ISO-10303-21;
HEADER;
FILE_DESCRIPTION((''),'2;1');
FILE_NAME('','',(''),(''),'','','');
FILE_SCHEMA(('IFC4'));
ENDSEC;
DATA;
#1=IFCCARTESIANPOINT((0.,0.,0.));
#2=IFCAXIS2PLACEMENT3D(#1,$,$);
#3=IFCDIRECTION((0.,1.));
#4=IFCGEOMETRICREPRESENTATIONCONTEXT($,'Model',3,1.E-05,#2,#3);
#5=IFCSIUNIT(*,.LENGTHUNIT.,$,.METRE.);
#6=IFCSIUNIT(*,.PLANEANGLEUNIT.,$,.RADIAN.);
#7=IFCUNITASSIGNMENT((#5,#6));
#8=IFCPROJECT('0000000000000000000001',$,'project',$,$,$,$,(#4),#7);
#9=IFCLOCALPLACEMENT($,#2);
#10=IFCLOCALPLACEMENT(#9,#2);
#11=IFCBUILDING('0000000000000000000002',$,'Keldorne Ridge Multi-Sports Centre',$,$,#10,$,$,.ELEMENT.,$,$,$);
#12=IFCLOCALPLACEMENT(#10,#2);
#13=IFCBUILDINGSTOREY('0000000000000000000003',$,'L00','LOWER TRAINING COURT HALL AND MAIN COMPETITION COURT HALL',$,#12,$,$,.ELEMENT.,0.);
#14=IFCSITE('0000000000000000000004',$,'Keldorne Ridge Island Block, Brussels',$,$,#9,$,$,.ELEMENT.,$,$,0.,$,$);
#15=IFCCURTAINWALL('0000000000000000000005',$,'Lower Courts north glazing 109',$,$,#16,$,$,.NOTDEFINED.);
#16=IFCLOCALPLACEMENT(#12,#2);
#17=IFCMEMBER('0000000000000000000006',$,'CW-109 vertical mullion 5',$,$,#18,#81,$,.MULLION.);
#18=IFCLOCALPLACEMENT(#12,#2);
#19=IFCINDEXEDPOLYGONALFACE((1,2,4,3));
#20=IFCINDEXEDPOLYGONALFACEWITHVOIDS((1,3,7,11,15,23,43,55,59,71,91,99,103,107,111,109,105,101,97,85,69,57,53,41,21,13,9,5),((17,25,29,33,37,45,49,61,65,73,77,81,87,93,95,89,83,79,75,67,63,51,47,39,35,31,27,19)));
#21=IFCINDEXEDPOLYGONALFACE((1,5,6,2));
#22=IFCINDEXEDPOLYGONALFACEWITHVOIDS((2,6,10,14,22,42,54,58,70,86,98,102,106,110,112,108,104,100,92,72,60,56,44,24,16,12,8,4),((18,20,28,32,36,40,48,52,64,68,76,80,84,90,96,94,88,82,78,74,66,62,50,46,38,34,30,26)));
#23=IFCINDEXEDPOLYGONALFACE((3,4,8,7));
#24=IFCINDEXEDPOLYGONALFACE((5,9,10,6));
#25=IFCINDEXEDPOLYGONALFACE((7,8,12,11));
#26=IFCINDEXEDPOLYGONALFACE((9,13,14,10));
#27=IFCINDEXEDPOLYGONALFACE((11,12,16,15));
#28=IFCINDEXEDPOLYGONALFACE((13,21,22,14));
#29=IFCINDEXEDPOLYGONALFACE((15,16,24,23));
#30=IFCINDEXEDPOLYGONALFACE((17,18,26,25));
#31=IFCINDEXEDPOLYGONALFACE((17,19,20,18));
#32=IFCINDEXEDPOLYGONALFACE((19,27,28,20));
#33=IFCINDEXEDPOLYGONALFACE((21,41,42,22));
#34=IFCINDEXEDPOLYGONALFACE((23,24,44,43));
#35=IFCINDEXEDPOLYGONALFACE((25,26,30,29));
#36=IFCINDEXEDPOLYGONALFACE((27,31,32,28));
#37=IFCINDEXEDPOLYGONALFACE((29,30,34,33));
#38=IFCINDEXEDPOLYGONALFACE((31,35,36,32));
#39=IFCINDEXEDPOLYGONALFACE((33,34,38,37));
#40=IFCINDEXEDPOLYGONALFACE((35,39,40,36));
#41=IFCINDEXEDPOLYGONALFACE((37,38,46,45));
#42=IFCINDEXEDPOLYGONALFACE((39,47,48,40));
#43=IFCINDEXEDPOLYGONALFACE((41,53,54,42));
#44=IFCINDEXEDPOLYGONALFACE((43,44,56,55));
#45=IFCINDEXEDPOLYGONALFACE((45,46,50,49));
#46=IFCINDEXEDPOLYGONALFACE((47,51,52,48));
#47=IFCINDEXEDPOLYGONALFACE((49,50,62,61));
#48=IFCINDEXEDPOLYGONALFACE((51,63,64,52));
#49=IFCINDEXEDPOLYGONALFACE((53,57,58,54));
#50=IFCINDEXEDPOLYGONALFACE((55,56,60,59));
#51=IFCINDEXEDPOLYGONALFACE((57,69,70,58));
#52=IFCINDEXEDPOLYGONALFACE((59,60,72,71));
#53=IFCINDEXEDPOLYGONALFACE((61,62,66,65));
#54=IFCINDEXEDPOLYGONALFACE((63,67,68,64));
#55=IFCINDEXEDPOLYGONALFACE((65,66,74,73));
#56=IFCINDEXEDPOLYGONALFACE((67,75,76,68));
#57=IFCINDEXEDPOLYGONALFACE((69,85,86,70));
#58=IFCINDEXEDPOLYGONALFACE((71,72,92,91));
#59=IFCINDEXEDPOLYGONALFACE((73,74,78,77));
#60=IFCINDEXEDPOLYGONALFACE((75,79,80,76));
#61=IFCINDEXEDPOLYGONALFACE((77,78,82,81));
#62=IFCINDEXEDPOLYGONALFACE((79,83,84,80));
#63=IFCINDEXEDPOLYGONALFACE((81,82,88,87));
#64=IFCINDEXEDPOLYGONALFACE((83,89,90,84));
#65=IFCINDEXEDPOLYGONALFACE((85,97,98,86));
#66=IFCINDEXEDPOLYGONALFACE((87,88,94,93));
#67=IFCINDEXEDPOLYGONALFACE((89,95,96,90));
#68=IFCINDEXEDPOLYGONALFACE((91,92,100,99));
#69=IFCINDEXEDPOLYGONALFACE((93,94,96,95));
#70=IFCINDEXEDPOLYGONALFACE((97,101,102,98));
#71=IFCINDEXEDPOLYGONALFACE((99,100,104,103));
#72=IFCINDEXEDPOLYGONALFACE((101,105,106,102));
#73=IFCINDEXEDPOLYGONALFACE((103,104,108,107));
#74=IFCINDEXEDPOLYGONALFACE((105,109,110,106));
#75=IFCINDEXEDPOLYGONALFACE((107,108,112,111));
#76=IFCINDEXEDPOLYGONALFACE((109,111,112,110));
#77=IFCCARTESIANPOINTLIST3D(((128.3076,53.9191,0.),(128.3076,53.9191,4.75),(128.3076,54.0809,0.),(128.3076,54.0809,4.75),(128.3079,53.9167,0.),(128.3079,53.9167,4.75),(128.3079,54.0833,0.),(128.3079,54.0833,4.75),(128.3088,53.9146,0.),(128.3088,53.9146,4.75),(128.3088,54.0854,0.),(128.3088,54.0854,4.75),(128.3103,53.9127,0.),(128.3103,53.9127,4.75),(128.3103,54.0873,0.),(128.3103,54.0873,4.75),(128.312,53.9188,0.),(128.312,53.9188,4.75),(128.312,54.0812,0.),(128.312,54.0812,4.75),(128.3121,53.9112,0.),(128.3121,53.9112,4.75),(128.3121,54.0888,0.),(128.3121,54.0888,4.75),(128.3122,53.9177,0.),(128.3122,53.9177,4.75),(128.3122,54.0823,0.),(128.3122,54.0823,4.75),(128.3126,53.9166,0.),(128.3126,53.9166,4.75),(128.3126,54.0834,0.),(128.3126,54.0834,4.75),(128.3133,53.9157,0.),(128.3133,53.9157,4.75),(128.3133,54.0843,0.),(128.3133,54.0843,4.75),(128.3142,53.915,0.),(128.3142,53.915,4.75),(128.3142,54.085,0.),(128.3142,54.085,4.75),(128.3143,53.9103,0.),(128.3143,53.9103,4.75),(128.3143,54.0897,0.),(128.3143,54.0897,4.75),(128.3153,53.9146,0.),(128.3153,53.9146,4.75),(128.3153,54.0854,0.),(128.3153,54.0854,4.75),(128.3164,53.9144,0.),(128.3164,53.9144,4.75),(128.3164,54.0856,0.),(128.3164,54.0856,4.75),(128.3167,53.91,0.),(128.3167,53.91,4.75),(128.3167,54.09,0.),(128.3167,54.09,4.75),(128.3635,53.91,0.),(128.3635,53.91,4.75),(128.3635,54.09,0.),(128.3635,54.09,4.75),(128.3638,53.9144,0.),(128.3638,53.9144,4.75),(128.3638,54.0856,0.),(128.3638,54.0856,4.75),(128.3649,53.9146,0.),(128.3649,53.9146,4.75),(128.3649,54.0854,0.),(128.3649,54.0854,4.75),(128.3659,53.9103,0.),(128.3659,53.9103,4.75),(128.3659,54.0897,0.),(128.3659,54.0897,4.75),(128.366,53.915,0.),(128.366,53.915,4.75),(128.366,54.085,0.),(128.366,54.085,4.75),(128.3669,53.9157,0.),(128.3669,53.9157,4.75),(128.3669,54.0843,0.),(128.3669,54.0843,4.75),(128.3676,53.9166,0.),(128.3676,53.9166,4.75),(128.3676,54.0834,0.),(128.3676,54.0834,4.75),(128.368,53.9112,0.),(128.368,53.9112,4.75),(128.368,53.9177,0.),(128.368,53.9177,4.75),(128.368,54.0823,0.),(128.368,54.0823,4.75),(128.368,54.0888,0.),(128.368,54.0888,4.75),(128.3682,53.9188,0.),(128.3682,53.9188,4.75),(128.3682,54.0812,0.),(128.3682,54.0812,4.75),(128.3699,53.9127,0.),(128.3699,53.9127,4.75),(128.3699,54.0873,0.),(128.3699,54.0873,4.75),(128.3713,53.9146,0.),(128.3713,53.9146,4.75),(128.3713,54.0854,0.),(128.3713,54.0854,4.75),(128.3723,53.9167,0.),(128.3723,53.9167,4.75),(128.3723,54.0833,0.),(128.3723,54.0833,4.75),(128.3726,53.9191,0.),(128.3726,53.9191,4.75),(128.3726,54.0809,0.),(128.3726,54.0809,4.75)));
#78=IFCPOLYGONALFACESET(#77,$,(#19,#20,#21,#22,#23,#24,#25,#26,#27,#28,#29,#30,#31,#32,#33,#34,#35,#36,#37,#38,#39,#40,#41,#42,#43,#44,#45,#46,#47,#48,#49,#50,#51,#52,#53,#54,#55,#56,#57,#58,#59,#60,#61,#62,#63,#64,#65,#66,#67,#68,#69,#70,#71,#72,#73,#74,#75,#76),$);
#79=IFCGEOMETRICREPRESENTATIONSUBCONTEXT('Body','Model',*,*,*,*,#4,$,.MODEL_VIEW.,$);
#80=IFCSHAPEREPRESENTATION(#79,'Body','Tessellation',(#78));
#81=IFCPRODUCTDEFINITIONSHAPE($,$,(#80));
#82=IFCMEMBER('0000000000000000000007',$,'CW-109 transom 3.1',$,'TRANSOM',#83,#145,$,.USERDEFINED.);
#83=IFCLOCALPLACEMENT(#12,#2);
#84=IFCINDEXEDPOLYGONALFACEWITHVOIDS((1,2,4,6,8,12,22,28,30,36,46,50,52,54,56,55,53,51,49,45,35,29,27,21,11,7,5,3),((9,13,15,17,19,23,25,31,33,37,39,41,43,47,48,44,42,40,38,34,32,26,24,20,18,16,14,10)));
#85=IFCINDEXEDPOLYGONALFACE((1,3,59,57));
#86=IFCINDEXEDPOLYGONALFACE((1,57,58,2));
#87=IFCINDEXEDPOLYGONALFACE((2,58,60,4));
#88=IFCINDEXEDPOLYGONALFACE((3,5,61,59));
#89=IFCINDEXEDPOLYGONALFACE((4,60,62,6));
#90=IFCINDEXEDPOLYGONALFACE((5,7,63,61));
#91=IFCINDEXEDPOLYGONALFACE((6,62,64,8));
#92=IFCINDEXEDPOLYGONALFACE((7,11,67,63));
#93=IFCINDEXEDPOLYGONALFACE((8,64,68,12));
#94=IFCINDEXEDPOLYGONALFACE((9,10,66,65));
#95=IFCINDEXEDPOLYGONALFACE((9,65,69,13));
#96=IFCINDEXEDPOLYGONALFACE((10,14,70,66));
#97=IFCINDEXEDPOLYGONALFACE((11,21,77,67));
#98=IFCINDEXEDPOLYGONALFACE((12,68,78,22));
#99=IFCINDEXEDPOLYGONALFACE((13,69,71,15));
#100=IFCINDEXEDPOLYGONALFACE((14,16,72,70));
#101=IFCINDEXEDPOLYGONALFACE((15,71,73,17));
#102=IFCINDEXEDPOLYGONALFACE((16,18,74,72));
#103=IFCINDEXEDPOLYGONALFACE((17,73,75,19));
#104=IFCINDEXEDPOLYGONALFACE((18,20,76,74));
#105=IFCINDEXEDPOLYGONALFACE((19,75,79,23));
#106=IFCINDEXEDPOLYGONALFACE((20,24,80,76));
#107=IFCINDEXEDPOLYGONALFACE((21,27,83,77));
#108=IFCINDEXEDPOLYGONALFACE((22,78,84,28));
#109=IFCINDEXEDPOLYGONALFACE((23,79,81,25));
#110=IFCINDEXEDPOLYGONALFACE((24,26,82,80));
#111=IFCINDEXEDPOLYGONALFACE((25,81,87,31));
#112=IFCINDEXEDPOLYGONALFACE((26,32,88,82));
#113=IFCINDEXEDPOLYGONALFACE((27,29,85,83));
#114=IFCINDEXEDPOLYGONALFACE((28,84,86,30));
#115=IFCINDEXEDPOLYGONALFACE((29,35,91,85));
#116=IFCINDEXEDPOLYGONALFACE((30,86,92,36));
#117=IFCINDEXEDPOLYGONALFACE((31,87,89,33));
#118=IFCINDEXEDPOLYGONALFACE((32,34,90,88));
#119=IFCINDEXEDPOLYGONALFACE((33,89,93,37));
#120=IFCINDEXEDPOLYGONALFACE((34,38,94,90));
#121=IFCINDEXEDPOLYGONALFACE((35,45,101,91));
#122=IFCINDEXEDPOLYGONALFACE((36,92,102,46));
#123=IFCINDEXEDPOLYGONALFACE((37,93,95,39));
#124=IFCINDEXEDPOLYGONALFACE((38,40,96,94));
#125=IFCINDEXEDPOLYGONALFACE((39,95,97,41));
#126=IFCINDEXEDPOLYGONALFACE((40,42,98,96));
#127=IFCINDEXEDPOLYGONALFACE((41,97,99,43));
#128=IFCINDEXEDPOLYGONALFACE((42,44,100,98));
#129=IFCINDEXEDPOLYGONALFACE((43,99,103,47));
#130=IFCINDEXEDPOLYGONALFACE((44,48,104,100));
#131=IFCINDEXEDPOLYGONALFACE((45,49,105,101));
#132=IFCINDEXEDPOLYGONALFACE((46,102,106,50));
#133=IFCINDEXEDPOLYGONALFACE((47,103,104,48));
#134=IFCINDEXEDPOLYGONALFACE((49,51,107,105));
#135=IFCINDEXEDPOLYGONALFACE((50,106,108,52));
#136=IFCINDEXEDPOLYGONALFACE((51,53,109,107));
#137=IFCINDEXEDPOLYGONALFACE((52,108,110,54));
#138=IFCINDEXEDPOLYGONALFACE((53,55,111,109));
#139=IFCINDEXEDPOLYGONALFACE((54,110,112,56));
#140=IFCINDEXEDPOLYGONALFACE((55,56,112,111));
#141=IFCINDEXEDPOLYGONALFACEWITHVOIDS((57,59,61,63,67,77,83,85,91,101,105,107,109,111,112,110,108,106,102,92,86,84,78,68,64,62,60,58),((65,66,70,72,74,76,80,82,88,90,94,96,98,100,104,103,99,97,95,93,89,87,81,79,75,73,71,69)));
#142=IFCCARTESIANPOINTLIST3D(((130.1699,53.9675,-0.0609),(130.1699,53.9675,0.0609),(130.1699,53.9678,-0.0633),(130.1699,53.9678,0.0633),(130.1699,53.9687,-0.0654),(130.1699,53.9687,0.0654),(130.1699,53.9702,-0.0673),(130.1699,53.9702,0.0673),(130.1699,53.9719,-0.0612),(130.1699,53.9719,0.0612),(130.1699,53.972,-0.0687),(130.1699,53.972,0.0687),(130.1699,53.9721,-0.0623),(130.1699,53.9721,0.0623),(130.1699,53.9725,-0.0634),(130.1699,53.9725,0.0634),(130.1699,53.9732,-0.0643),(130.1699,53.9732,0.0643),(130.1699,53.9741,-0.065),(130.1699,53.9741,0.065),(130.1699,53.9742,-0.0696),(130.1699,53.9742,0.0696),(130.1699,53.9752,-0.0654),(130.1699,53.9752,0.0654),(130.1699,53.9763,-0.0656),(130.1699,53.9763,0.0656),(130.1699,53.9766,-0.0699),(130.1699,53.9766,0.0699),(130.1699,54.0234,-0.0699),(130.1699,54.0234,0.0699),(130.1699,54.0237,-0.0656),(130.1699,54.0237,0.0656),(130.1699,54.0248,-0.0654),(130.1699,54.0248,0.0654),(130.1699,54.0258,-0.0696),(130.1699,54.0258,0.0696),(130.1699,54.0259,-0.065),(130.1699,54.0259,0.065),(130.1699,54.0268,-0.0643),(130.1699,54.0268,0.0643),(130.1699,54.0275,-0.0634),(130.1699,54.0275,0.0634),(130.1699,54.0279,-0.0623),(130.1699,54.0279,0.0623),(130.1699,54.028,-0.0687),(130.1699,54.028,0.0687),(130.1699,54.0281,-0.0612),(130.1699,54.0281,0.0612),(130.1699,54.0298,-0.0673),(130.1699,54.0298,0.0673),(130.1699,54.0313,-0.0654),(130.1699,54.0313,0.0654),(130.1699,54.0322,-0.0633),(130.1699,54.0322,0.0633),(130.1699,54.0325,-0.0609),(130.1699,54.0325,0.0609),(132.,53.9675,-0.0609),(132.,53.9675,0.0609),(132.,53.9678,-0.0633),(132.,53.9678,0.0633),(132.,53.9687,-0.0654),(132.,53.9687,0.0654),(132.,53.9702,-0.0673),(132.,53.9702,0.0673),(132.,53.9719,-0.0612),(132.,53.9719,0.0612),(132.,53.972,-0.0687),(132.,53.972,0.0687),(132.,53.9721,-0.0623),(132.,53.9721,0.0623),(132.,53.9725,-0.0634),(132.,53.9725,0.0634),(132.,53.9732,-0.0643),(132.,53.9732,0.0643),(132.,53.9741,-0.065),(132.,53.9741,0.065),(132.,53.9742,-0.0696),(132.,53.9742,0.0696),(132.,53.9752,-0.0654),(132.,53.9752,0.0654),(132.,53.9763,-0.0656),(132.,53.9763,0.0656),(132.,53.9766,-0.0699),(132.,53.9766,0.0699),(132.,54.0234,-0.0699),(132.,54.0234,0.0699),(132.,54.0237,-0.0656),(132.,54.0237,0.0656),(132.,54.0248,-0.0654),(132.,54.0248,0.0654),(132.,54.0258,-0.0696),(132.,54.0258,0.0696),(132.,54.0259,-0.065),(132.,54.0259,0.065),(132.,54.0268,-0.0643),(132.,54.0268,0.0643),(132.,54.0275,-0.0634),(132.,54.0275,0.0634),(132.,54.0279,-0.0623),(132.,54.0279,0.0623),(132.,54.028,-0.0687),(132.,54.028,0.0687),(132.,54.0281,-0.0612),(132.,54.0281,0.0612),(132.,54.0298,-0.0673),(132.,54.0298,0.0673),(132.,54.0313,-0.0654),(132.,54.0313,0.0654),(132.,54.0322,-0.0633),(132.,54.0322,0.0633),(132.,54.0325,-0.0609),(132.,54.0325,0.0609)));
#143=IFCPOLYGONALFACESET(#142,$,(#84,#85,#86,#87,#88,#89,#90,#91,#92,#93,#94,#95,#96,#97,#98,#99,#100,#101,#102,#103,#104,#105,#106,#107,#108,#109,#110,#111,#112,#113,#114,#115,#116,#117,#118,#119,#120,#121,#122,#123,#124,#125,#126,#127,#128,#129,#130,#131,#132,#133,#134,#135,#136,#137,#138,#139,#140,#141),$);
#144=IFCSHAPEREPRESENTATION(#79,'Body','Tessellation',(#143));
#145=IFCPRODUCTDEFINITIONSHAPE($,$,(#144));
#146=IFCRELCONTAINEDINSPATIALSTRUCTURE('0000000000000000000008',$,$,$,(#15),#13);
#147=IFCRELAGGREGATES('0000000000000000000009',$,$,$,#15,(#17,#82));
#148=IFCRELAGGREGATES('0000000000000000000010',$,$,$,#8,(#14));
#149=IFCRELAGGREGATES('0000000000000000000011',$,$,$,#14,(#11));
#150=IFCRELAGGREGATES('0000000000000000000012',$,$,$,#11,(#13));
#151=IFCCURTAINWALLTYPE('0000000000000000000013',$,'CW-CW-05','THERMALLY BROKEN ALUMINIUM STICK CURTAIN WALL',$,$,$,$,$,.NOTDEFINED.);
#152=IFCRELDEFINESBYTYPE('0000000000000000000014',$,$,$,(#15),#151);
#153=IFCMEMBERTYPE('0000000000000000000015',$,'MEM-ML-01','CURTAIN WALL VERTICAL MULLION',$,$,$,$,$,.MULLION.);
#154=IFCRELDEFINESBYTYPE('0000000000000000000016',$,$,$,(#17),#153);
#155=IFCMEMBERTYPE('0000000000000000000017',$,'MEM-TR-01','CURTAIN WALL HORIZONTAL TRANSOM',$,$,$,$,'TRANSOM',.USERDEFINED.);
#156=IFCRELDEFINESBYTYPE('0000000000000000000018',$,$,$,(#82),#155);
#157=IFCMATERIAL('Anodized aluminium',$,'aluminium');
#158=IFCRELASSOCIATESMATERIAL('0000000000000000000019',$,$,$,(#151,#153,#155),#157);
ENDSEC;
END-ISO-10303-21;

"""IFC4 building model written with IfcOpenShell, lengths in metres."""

from ifc_helpers import new_model, si_unit, direction, frame, origin, origin_2d, place, context, subcontext, project, spatial, hollow_rectangle, extrude, material, material_profile, profile_set, type_object, element, aggregate, save


model = new_model("IFC4")

# Units and contexts
model_context = context("Model", 3, precision=1e-05, world=origin(), true_north=direction((0.0, 1.0)))
body_context = subcontext(model_context, "Body", "Model", "MODEL_VIEW")
ifc_project = project(units=[si_unit("LENGTHUNIT", "METRE"), si_unit("PLANEANGLEUNIT", "RADIAN")], contexts=[model_context])

# Site, building, storey
site_placement = place(None, origin())
site = spatial("IfcSite", under=ifc_project, at=site_placement, Name="Keldorne Ridge Island Block, Brussels", CompositionType="ELEMENT", RefElevation=0.0)
building_placement = place(site_placement, origin())
building = spatial("IfcBuilding", under=site, at=building_placement, Name="Keldorne Ridge Multi-Sports Centre", CompositionType="ELEMENT")
storey_placement = place(building_placement, origin())
storey = spatial("IfcBuildingStorey", under=building, at=storey_placement, Name="L00", Description="LOWER TRAINING COURT HALL AND MAIN COMPETITION COURT HALL", CompositionType="ELEMENT", Elevation=0.0)

# Curtain wall, members
ifc_material_1 = material(Name="Anodized aluminium", Category="aluminium")
curtain_wall_type = type_object("IfcCurtainWallType", Name="CW-CW-05", Description="THERMALLY BROKEN ALUMINIUM STICK CURTAIN WALL", PredefinedType="NOTDEFINED", material=ifc_material_1)
curtain_wall_placement = place(storey_placement, origin())
curtain_wall = element("IfcCurtainWall", 1, at=curtain_wall_placement, inside=storey, type_object=curtain_wall_type, Name="Lower Courts north glazing 109", PredefinedType="NOTDEFINED")
ifc_material_profile_1 = material_profile(ifc_material_1, hollow_rectangle(XDim=0.0649, YDim=0.1799, WallThickness=0.0044, InnerFilletRadius=0.0044, OuterFilletRadius=0.009, at=origin_2d()), Name="ALU MULLION 180x65x4.5")
ifc_profile_set_1 = profile_set([ifc_material_profile_1], Name="Anodized aluminium")
member_type_1 = type_object("IfcMemberType", Name="MEM-ML-01", Description="CURTAIN WALL VERTICAL MULLION", PredefinedType="MULLION", material=ifc_profile_set_1)
member_1_placement = place(storey_placement, frame((128.3401, 54.0, 0.0), z_axis=(0.0, 0.0, 1.0), x_axis=(1.0, 0.0, 0.0)))
member_1 = element("IfcMember", 2, at=member_1_placement, type_object=member_type_1, Name="CW-109 vertical mullion 5", PredefinedType="MULLION", context=body_context, shape_type="SweptSolid", body=[
    extrude(hollow_rectangle(XDim=0.0649, YDim=0.1799, WallThickness=0.0044, InnerFilletRadius=0.0044, OuterFilletRadius=0.009, at=origin_2d()), origin(), (0.0, 0.0, 1.0), 4.75),
])
ifc_material_profile_2 = material_profile(ifc_material_1, hollow_rectangle(XDim=0.0649, YDim=0.1399, WallThickness=0.0044, InnerFilletRadius=0.0044, OuterFilletRadius=0.009, at=origin_2d()), Name="ALU TRANSOM 140x65x4.5")
ifc_profile_set_2 = profile_set([ifc_material_profile_2], Name="Anodized aluminium")
member_type_2 = type_object("IfcMemberType", Name="MEM-TR-01", Description="CURTAIN WALL HORIZONTAL TRANSOM", ElementType="TRANSOM", PredefinedType="USERDEFINED", material=ifc_profile_set_2)
member_2_placement = place(storey_placement, frame((132.0, 54.0, 0.0), z_axis=(-1.0, 0.0, 0.0), x_axis=(0.0, -1.0, 0.0)))
member_2 = element("IfcMember", 3, at=member_2_placement, type_object=member_type_2, Name="CW-109 transom 3.1", ObjectType="TRANSOM", PredefinedType="USERDEFINED", context=body_context, shape_type="SweptSolid", body=[
    extrude(hollow_rectangle(XDim=0.0649, YDim=0.1399, WallThickness=0.0044, InnerFilletRadius=0.0044, OuterFilletRadius=0.009, at=origin_2d()), origin(), (0.0, 0.0, 1.0), 1.8301),
])
aggregate(curtain_wall, [member_1, member_2])

save(model, "model.ifc")
